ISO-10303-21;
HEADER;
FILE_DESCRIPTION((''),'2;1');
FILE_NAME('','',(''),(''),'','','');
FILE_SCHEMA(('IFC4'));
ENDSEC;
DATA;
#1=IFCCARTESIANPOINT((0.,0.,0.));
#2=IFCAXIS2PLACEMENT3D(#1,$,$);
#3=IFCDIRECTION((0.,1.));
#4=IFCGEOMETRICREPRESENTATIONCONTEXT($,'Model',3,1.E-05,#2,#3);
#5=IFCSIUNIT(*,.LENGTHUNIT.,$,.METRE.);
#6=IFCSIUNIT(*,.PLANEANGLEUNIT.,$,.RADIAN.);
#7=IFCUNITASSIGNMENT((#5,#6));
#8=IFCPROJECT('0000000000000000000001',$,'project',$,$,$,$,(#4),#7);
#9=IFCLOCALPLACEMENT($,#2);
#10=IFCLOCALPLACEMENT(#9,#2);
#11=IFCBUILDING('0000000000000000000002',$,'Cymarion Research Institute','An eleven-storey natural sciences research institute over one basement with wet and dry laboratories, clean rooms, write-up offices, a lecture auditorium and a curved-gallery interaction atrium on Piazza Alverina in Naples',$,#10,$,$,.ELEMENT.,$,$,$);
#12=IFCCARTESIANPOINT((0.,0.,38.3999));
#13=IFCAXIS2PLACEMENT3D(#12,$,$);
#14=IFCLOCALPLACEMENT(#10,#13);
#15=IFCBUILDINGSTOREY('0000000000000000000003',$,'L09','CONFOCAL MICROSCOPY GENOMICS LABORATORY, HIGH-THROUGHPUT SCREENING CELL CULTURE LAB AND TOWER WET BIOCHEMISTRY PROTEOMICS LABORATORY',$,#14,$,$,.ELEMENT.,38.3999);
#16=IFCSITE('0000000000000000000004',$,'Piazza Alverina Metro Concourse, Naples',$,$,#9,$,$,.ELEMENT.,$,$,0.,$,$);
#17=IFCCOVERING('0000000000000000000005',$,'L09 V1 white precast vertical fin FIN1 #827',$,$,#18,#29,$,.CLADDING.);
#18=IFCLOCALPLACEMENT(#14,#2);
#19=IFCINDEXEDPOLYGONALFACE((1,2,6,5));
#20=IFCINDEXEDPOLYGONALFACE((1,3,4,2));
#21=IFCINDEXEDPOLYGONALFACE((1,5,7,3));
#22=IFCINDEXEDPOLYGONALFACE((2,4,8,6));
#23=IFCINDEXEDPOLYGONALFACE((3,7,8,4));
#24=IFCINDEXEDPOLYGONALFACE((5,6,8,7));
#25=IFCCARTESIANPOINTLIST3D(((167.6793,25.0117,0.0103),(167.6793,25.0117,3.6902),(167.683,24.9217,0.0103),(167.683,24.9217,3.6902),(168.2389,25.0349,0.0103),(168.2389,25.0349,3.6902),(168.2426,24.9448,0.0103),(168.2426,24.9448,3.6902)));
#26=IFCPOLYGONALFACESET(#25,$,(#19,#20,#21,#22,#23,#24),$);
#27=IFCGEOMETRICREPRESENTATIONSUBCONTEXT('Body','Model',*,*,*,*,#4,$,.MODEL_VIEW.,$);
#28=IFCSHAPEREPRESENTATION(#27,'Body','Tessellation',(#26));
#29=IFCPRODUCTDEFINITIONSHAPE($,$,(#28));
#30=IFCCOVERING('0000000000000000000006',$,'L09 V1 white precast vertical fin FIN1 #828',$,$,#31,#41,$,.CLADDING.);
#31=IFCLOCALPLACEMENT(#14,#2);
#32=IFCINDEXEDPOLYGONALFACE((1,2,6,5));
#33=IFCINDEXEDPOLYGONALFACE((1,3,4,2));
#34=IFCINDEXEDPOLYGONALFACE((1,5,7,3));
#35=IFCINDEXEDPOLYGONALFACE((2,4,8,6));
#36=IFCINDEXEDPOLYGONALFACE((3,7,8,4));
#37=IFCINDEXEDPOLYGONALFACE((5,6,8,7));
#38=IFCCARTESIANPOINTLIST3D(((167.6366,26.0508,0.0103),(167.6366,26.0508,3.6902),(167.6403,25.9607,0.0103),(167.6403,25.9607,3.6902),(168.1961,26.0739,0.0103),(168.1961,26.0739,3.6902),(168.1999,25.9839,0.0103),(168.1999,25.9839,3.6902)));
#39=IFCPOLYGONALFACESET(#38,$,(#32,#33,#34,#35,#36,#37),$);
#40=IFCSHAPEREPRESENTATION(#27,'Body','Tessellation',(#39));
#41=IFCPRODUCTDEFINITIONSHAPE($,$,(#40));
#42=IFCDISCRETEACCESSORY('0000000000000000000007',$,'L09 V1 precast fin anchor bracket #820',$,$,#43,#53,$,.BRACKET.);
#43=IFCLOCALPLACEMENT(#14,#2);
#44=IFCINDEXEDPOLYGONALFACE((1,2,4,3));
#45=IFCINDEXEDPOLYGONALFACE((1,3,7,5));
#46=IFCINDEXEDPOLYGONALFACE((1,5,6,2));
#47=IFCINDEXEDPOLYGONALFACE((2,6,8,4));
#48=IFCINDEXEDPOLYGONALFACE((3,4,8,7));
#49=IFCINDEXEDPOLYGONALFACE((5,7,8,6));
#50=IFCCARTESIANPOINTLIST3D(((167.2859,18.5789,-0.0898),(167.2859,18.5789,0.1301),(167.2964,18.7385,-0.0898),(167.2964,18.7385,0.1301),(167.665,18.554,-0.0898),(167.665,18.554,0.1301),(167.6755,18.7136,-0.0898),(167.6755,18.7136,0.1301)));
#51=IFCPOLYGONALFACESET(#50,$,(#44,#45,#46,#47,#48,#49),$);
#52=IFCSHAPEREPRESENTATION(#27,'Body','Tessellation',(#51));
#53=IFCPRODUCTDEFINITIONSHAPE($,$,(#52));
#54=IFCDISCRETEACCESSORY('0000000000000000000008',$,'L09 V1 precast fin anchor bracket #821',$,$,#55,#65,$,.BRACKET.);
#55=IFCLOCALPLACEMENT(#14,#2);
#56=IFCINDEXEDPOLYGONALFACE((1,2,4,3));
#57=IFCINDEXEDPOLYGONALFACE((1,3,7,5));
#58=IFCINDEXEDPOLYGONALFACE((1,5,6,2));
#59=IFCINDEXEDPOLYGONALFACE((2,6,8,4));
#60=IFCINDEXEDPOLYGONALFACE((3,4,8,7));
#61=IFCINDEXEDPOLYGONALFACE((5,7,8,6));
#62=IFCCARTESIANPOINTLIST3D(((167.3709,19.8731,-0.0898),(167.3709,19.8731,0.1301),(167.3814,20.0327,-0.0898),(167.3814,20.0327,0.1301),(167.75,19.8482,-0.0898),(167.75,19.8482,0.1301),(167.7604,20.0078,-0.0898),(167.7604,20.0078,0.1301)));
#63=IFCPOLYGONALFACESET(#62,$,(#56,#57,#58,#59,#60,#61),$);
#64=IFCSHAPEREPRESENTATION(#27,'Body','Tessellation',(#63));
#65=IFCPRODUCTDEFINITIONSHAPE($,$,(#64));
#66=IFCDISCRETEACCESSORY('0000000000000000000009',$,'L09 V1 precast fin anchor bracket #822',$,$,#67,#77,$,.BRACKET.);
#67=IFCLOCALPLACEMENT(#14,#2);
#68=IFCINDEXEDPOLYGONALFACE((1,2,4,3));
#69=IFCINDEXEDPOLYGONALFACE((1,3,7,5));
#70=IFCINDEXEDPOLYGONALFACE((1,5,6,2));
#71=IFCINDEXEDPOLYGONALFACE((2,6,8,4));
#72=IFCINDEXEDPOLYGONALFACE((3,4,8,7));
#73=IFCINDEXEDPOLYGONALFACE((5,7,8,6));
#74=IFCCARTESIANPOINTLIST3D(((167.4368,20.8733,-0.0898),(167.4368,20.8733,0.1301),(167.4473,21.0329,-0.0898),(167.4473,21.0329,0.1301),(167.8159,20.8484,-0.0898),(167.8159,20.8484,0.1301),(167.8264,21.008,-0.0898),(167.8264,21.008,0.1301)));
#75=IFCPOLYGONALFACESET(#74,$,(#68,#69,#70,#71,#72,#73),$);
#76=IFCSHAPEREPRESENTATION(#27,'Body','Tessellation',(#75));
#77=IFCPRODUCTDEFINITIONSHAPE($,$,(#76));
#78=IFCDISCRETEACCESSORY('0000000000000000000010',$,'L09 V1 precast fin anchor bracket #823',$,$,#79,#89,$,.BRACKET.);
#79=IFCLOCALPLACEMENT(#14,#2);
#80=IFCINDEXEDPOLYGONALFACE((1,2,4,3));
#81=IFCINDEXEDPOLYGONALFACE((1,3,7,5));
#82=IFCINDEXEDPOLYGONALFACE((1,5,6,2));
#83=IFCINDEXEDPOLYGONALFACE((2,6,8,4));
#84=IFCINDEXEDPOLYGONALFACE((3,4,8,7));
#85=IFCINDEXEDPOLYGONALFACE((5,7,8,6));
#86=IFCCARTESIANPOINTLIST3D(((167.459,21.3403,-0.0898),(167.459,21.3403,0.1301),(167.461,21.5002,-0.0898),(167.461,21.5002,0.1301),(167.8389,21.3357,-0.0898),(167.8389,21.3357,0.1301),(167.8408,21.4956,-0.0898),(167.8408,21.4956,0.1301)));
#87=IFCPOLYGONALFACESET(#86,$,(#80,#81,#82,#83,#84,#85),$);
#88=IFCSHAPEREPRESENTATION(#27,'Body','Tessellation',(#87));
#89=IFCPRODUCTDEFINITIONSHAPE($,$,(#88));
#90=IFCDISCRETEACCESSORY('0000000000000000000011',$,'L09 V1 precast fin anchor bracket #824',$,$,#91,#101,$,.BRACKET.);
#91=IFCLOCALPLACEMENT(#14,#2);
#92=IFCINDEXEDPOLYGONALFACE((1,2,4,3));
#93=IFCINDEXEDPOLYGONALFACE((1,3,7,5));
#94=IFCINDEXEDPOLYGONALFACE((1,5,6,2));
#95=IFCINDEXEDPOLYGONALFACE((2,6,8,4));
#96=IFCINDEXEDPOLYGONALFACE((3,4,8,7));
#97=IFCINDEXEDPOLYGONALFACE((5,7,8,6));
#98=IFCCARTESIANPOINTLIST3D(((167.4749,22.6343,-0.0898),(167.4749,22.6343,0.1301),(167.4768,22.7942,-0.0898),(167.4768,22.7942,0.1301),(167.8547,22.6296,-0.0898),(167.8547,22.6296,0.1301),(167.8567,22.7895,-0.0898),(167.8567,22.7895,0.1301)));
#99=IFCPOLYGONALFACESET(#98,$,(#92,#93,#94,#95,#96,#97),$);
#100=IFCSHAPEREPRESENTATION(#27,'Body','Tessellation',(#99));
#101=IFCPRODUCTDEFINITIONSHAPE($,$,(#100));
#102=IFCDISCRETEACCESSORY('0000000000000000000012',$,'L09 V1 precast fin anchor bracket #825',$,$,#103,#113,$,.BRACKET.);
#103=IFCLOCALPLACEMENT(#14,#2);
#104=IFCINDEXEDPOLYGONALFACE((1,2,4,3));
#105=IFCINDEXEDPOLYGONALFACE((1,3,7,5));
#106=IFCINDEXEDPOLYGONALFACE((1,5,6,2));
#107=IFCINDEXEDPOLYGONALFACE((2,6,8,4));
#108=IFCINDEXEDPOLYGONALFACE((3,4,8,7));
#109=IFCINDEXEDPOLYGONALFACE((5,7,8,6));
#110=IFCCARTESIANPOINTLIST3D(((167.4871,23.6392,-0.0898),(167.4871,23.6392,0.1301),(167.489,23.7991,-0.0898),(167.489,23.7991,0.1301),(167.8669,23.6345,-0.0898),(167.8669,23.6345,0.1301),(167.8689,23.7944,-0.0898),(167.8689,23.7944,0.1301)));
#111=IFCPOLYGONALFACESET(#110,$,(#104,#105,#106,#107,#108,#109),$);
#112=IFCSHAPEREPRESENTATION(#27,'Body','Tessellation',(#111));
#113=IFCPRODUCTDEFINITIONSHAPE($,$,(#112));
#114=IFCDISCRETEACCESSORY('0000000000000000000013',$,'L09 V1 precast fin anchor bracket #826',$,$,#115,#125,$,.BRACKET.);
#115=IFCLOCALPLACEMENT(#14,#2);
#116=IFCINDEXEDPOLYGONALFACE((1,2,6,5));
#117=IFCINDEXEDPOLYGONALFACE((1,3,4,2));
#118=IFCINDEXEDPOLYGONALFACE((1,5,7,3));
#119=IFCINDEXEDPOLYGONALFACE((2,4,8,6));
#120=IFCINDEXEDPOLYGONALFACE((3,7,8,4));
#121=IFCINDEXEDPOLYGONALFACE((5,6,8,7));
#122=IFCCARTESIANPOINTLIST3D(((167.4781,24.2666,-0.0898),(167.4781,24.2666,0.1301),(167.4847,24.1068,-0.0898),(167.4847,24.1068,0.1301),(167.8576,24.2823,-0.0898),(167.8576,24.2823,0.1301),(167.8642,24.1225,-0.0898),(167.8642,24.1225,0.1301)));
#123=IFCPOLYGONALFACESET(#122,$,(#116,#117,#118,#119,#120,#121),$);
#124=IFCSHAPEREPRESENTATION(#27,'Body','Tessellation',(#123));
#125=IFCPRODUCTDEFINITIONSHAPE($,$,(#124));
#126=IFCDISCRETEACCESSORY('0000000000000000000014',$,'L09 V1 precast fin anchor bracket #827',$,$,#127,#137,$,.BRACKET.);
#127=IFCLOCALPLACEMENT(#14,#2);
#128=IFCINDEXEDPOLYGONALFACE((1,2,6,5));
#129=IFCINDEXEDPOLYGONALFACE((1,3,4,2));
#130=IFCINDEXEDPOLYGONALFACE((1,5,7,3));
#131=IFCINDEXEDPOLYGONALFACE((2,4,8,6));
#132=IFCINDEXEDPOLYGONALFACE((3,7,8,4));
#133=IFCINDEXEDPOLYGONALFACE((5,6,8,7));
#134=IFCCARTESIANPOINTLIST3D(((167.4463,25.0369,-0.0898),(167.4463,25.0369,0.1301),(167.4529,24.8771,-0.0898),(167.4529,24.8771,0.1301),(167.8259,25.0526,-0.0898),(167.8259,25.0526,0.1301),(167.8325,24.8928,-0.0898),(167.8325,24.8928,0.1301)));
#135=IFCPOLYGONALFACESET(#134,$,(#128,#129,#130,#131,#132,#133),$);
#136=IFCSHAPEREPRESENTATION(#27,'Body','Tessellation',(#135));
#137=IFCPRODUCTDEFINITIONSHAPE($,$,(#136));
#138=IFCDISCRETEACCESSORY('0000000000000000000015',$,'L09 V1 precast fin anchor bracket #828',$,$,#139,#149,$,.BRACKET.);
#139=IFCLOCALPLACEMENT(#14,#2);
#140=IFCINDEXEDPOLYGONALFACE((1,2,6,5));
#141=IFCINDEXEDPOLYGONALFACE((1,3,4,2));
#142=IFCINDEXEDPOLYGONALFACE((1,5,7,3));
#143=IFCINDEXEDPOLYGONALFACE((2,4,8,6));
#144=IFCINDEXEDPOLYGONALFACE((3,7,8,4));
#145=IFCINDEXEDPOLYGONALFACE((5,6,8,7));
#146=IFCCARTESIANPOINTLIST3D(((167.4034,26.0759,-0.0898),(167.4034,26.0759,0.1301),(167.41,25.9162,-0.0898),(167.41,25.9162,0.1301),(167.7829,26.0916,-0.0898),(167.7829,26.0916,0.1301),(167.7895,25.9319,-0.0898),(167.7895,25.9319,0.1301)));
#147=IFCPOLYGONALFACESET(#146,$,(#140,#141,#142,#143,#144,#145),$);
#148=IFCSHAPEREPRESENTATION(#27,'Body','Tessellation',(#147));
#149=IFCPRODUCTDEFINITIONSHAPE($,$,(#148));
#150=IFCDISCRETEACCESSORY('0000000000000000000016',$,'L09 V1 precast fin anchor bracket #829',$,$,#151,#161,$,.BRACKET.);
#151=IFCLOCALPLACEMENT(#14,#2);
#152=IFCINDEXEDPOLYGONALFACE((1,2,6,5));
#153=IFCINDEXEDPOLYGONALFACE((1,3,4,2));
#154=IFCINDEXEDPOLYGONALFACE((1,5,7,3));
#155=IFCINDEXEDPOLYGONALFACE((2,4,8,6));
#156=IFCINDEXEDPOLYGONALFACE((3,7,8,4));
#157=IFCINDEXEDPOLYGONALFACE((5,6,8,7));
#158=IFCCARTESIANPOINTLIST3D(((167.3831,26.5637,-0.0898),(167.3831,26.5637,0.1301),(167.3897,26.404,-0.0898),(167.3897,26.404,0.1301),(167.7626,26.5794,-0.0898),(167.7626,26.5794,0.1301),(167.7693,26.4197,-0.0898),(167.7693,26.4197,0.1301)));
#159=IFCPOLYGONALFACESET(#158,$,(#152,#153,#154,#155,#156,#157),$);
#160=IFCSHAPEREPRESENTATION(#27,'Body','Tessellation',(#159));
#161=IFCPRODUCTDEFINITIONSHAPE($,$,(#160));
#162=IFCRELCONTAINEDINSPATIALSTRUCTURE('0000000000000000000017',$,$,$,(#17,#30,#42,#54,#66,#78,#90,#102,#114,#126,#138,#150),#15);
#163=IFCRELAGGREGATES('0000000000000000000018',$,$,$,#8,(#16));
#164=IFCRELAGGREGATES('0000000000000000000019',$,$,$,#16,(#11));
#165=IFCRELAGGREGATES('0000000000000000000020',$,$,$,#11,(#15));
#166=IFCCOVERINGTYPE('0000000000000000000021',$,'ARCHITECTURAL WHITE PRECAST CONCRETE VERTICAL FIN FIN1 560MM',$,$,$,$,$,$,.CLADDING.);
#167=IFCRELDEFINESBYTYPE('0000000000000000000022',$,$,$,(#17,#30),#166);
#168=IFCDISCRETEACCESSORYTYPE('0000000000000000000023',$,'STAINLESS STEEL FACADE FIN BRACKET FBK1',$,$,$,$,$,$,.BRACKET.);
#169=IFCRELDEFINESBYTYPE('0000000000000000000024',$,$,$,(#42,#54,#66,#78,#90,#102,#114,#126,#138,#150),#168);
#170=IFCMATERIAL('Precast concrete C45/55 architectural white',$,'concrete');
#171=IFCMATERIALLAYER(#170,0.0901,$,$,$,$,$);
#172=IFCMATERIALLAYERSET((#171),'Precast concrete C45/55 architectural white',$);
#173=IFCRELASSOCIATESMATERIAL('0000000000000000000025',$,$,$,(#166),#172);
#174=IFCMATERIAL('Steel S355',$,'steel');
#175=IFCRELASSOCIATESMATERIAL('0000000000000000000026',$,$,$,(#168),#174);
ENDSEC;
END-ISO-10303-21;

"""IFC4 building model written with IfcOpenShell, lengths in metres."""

from ifc_helpers import new_model, si_unit, direction, frame, origin, origin_2d, place, context, subcontext, project, spatial, rectangle, extrude, material, layer, layer_set, type_object, element, save


model = new_model("IFC4")

# Units and contexts
model_context = context("Model", 3, precision=1e-05, world=origin(), true_north=direction((0.0, 1.0)))
body_context = subcontext(model_context, "Body", "Model", "MODEL_VIEW")
ifc_project = project(units=[si_unit("LENGTHUNIT", "METRE"), si_unit("PLANEANGLEUNIT", "RADIAN")], contexts=[model_context])

# Site, building, storey
site_placement = place(None, origin())
site = spatial("IfcSite", under=ifc_project, at=site_placement, Name="Piazza Alverina Metro Concourse, Naples", CompositionType="ELEMENT", RefElevation=0.0)
building_placement = place(site_placement, origin())
building = spatial("IfcBuilding", under=site, at=building_placement, Name="Cymarion Research Institute", Description="An eleven-storey natural sciences research institute over one basement with wet and dry laboratories, clean rooms, write-up offices, a lecture auditorium and a curved-gallery interaction atrium on Piazza Alverina in Naples", CompositionType="ELEMENT")
storey_placement = place(building_placement, frame((0.0, 0.0, 38.3999)))
storey = spatial("IfcBuildingStorey", under=building, at=storey_placement, Name="L09", Description="CONFOCAL MICROSCOPY GENOMICS LABORATORY, HIGH-THROUGHPUT SCREENING CELL CULTURE LAB AND TOWER WET BIOCHEMISTRY PROTEOMICS LABORATORY", CompositionType="ELEMENT", Elevation=38.3999)

# Shared definitions
ifc_material_1 = material(Name="Steel S355", Category="steel")

# Coverings
ifc_material_2 = material(Name="Precast concrete C45/55 architectural white", Category="concrete")
ifc_layer_1 = layer(ifc_material_2, 0.0901)
ifc_layer_set_1 = layer_set([ifc_layer_1], Name="Precast concrete C45/55 architectural white")
covering_type = type_object("IfcCoveringType", Name="ARCHITECTURAL WHITE PRECAST CONCRETE VERTICAL FIN FIN1 560MM", PredefinedType="CLADDING", material=ifc_layer_set_1)
for number, where, z_axis, x_axis, name in (
    (1, (167.9609, 24.9783, 0.0103), (0.0, 0.0, 1.0), (0.999145, 0.041353, 0.0), "L09 V1 white precast vertical fin FIN1 #827"),
    (2, (167.9182, 26.0173, 0.0103), (0.0, 0.0, 1.0), (0.999145, 0.041353, 0.0), "L09 V1 white precast vertical fin FIN1 #828"),
):
    element("IfcCovering", number, at=place(storey_placement, frame(where, z_axis=z_axis, x_axis=x_axis)), inside=storey, type_object=covering_type, Name=name, PredefinedType="CLADDING", context=body_context, shape_type="SweptSolid", body=[
        extrude(rectangle(XDim=0.5601, YDim=0.0901, at=origin_2d()), origin(), (0.0, 0.0, 1.0), 3.6799),
    ])

# Discrete accessories
discrete_accessory_type = type_object("IfcDiscreteAccessoryType", Name="STAINLESS STEEL FACADE FIN BRACKET FBK1", PredefinedType="BRACKET", material=ifc_material_1)
for number, where, z_axis, x_axis, name in (
    (3, (167.4807, 18.6462, -0.0898), (0.0, 0.0, 1.0), (0.997847, -0.065577, 0.0), "L09 V1 precast fin anchor bracket #820"),
    (4, (167.5657, 19.9404, -0.0898), (0.0, 0.0, 1.0), (0.997847, -0.065577, 0.0), "L09 V1 precast fin anchor bracket #821"),
    (5, (167.6316, 20.9407, -0.0898), (0.0, 0.0, 1.0), (0.997847, -0.065577, 0.0), "L09 V1 precast fin anchor bracket #822"),
    (6, (167.6499, 21.418, -0.0898), (0.0, 0.0, 1.0), (0.999925, -0.012217, 0.0), "L09 V1 precast fin anchor bracket #823"),
    (7, (167.6658, 22.7119, -0.0898), (0.0, 0.0, 1.0), (0.999925, -0.012217, 0.0), "L09 V1 precast fin anchor bracket #824"),
    (8, (167.678, 23.7168, -0.0898), (0.0, 0.0, 1.0), (0.999925, -0.012217, 0.0), "L09 V1 precast fin anchor bracket #825"),
    (9, (167.6711, 24.1946, -0.0898), (0.0, 0.0, 1.0), (0.999145, 0.041353, 0.0), "L09 V1 precast fin anchor bracket #826"),
    (10, (167.6394, 24.9648, -0.0898), (0.0, 0.0, 1.0), (0.999145, 0.041353, 0.0), "L09 V1 precast fin anchor bracket #827"),
    (11, (167.5964, 26.0039, -0.0898), (0.0, 0.0, 1.0), (0.999145, 0.041353, 0.0), "L09 V1 precast fin anchor bracket #828"),
    (12, (167.5762, 26.4917, -0.0898), (0.0, 0.0, 1.0), (0.999145, 0.041353, 0.0), "L09 V1 precast fin anchor bracket #829"),
):
    element("IfcDiscreteAccessory", number, at=place(storey_placement, frame(where, z_axis=z_axis, x_axis=x_axis)), inside=storey, type_object=discrete_accessory_type, Name=name, PredefinedType="BRACKET", context=body_context, shape_type="SweptSolid", body=[
        extrude(rectangle(XDim=0.3799, YDim=0.1599, at=origin_2d()), origin(), (0.0, 0.0, 1.0), 0.22),
    ])

save(model, "model.ifc")
